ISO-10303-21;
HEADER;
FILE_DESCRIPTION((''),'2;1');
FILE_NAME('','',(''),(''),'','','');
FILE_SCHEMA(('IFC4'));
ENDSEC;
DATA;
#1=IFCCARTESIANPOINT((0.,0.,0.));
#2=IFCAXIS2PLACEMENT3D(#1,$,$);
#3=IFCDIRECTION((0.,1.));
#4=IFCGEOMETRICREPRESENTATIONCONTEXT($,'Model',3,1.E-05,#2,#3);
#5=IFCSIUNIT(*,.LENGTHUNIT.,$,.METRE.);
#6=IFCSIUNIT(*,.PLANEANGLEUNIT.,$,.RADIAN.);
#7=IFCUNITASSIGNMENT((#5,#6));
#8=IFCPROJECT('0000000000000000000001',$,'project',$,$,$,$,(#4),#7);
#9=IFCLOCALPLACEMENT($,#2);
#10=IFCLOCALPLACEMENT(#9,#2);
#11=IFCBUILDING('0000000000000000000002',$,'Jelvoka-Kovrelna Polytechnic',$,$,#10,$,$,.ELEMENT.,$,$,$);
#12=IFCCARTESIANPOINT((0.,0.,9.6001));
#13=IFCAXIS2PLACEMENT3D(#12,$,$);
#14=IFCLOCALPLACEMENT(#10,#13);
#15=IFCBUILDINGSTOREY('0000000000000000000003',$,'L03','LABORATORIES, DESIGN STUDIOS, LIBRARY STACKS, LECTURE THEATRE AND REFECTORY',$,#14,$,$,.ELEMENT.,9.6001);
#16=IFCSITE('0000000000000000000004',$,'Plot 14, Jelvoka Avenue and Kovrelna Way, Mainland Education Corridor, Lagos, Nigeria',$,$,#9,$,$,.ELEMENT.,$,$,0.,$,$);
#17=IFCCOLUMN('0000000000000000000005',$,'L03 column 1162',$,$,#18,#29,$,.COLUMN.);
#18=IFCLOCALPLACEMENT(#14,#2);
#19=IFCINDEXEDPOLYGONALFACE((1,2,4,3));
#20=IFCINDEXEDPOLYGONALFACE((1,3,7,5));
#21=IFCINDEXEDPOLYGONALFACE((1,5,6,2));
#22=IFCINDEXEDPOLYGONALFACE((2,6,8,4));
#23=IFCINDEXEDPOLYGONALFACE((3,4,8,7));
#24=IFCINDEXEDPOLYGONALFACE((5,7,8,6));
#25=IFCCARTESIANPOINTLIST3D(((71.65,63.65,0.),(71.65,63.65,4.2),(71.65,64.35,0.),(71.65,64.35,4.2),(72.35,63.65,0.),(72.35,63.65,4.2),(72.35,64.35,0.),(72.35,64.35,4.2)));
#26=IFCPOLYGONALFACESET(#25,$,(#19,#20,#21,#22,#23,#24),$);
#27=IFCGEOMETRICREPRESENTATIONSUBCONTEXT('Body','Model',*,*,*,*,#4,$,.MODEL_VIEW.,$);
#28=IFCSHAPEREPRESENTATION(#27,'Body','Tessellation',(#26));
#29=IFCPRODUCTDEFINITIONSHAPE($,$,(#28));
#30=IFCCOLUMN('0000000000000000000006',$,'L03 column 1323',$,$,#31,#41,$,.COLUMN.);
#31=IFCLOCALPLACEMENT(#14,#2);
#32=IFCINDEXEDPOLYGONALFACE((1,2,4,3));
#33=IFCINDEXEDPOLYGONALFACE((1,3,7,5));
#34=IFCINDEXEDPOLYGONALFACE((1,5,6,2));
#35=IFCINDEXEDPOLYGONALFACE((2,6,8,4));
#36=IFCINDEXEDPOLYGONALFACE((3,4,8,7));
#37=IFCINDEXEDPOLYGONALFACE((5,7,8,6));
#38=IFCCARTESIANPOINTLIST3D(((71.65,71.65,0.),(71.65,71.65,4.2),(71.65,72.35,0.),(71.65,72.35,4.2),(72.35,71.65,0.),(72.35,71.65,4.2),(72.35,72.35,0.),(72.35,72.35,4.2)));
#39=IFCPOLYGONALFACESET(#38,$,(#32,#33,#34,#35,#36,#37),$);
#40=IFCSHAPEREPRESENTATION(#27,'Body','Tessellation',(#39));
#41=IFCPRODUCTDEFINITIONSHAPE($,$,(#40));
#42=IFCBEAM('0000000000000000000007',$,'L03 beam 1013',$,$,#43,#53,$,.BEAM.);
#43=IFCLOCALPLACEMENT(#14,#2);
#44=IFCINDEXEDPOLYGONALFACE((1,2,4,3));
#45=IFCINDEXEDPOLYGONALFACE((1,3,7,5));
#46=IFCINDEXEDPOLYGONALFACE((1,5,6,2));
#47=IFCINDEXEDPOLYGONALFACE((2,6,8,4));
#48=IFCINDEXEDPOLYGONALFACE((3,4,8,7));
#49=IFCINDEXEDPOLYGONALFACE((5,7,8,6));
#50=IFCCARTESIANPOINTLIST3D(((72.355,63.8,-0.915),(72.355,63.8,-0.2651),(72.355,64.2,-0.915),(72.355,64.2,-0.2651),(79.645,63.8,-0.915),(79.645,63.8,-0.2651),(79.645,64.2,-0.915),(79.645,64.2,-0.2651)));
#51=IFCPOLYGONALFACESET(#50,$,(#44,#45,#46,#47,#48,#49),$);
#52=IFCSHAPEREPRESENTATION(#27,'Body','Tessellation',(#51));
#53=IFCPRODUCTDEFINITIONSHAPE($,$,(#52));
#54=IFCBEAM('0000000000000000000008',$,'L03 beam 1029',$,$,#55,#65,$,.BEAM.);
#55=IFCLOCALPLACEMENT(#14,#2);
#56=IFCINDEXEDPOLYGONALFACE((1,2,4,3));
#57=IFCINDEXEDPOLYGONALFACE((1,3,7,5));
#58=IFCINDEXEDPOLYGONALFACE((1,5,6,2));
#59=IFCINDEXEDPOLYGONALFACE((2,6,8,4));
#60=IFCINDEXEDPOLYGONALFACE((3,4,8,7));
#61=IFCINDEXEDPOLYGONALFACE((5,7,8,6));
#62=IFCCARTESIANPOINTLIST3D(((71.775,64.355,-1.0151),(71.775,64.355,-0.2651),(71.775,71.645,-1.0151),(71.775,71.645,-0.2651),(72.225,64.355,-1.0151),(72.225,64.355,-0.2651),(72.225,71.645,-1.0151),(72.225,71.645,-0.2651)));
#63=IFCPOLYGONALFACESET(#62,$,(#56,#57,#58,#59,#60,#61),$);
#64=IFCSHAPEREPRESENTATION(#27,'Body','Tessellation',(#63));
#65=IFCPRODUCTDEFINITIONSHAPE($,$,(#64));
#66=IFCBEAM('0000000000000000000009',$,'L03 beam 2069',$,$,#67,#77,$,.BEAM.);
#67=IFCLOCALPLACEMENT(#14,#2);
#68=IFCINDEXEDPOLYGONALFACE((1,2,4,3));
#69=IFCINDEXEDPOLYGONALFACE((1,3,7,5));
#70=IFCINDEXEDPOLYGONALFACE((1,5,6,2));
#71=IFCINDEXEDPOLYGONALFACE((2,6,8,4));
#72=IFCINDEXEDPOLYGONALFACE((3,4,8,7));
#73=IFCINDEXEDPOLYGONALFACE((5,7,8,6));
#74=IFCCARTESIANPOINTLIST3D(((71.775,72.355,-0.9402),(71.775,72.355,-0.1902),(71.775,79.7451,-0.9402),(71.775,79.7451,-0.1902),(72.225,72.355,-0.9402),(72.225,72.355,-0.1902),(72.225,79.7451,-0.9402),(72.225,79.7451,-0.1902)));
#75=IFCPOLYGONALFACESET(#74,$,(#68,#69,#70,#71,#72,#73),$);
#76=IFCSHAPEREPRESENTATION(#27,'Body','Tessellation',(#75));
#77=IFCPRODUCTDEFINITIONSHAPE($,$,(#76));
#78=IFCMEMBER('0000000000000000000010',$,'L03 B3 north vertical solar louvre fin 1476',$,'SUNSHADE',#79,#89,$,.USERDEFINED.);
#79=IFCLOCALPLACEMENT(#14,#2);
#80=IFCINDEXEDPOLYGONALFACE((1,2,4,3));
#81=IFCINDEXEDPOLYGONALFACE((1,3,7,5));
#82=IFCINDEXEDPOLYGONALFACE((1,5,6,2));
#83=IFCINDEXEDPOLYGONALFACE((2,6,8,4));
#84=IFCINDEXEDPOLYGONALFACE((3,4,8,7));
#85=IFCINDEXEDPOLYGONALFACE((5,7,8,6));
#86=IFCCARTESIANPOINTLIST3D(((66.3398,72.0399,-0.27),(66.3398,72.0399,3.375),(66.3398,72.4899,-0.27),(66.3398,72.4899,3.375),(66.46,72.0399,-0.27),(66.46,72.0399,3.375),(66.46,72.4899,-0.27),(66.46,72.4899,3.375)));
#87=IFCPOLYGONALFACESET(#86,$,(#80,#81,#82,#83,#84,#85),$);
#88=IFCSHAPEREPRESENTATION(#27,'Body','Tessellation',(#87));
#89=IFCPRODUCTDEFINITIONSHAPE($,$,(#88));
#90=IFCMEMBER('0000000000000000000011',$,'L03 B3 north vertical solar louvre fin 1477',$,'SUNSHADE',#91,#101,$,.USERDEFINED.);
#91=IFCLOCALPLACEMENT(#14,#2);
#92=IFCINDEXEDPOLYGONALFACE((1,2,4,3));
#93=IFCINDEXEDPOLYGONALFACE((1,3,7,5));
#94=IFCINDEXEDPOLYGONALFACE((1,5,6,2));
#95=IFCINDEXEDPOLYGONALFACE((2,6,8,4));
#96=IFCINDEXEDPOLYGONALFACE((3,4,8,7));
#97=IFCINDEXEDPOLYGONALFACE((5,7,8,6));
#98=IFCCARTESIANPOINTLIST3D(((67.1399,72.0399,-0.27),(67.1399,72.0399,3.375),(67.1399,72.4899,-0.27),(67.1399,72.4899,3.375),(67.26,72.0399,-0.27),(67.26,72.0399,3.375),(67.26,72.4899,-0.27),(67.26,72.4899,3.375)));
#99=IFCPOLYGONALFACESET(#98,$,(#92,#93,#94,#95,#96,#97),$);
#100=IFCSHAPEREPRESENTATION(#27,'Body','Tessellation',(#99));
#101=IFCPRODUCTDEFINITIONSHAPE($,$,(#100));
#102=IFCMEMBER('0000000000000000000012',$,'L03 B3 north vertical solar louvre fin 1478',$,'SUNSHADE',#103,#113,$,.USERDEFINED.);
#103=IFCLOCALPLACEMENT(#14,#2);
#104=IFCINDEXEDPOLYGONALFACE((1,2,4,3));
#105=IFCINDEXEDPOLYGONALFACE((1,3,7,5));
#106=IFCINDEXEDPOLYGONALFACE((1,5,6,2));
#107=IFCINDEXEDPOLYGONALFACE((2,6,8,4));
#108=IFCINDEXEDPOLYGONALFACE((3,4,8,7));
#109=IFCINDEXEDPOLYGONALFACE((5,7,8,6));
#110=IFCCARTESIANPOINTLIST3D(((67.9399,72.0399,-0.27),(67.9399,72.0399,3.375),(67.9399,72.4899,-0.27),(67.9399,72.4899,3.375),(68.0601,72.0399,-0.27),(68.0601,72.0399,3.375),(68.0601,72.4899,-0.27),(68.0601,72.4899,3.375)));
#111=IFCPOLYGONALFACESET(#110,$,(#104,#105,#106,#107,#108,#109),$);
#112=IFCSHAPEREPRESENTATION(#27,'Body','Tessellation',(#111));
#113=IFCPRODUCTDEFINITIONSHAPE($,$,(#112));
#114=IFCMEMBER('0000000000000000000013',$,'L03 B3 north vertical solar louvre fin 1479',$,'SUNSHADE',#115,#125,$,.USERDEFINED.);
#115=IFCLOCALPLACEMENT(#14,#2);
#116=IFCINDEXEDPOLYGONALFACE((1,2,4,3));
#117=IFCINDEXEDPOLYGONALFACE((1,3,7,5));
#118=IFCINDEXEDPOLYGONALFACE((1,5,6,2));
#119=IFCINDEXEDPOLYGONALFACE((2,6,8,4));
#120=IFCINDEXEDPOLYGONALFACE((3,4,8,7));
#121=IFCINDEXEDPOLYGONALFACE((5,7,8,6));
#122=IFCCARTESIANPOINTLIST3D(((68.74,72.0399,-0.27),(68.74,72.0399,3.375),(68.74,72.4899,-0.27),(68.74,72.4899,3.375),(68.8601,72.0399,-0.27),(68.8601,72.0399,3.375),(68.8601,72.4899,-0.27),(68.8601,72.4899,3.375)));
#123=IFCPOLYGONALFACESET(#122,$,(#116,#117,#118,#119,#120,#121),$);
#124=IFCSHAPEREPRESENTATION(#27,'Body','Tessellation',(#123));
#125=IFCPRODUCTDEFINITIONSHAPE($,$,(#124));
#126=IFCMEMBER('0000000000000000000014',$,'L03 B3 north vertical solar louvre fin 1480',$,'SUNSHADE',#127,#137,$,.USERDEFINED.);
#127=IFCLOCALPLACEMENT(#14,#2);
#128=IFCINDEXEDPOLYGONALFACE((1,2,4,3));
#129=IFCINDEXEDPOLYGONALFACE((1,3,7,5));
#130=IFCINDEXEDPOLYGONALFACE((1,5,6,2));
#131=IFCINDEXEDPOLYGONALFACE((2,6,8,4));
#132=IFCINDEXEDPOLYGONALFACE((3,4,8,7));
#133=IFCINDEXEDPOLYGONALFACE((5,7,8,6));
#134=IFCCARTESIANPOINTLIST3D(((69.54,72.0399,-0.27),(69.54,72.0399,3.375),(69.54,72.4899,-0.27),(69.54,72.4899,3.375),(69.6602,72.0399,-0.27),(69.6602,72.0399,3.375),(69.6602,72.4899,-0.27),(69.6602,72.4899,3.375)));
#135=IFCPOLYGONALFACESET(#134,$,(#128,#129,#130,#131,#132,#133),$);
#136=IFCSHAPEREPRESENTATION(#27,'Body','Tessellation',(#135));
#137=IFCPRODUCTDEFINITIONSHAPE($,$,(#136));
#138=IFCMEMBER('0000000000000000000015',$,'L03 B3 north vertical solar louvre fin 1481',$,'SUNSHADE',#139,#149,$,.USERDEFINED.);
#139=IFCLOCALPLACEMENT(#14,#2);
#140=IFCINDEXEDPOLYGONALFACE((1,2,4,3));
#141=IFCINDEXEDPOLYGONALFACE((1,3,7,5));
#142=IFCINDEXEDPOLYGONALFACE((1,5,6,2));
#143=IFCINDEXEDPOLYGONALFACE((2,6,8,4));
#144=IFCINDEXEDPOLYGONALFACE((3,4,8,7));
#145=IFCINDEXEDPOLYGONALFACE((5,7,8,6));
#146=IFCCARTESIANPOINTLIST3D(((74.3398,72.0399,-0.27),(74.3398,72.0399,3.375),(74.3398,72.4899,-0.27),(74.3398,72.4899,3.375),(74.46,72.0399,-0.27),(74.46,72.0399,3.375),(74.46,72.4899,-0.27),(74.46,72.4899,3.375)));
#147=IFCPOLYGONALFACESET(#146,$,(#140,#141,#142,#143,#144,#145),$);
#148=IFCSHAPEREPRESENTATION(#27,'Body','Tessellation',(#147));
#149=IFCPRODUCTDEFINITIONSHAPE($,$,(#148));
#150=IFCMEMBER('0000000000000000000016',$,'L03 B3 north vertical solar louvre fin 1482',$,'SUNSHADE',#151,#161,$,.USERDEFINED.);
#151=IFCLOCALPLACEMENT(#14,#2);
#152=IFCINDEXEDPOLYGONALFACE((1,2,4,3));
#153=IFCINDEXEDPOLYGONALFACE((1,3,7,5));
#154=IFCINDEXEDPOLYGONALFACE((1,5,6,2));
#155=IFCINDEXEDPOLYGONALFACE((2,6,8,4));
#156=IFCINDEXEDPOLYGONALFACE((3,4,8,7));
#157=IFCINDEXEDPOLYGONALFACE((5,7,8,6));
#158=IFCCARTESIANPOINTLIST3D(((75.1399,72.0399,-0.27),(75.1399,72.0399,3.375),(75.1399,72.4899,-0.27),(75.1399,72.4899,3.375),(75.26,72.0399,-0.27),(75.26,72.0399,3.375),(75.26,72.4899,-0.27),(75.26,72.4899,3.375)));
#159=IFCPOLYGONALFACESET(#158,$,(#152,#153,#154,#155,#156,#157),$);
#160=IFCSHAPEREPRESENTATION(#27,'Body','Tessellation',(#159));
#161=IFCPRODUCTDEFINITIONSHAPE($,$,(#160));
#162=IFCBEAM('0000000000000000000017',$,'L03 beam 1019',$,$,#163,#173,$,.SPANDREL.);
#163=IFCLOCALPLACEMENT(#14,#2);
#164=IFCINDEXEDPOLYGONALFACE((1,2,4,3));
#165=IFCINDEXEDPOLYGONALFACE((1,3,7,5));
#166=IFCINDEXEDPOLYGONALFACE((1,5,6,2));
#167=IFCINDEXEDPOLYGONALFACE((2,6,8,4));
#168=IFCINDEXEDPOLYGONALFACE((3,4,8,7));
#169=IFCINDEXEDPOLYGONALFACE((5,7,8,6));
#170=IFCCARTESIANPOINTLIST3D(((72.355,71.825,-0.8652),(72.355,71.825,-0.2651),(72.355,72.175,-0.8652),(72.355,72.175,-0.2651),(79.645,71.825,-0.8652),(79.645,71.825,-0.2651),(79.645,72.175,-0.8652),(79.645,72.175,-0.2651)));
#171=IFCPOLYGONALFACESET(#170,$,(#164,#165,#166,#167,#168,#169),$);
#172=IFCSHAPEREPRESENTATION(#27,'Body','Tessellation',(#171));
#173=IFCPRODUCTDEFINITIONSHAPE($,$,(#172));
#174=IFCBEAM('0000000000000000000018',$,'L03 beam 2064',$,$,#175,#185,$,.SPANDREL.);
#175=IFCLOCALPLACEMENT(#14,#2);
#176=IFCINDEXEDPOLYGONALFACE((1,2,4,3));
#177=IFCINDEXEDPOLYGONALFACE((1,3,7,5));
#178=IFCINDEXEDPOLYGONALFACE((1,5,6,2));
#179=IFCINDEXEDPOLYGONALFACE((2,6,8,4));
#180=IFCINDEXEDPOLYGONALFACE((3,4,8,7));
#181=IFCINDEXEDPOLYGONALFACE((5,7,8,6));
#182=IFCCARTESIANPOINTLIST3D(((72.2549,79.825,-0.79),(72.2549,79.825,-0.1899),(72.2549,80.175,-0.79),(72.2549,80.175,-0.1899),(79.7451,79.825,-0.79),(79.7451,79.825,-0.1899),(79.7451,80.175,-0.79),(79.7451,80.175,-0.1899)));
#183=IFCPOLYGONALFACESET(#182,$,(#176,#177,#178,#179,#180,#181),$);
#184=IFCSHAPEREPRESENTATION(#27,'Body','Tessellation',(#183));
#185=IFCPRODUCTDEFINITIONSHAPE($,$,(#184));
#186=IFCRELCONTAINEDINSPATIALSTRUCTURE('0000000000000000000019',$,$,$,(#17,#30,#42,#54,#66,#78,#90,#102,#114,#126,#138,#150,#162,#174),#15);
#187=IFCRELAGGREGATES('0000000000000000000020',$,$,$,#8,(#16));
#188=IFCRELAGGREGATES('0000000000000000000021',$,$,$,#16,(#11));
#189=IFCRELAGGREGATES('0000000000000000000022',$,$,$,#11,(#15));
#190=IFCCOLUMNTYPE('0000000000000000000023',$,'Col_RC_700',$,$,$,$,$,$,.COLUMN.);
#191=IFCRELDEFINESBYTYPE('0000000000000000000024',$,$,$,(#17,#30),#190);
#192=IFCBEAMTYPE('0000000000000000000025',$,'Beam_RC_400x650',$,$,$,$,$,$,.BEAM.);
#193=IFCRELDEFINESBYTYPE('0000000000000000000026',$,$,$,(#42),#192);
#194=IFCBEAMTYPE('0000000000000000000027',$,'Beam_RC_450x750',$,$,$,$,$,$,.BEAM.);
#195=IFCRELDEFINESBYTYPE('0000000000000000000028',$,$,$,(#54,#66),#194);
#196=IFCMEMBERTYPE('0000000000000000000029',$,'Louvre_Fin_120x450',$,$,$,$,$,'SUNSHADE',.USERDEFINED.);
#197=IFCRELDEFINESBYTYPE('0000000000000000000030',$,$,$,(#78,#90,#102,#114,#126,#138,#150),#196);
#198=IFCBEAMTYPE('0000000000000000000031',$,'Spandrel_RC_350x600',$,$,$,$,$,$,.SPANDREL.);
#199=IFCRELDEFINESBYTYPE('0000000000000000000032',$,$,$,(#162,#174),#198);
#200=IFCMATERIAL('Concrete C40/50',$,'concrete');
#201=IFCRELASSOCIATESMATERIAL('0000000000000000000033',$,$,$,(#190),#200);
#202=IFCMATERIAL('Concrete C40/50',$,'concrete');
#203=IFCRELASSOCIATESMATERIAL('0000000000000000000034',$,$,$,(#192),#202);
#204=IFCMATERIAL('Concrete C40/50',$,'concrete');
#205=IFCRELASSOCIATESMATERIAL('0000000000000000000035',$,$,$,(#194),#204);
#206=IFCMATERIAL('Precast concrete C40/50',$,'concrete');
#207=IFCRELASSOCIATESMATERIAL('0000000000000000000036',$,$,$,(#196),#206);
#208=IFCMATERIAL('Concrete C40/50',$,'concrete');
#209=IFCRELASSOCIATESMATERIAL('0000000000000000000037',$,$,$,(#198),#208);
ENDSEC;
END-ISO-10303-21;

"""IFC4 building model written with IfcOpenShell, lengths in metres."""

from ifc_helpers import new_model, si_unit, direction, frame, origin, origin_2d, place, context, subcontext, project, spatial, rectangle, extrude, material, material_profile, profile_set, type_object, element, save


model = new_model("IFC4")

# Units and contexts
model_context = context("Model", 3, precision=1e-05, world=origin(), true_north=direction((0.0, 1.0)))
body_context = subcontext(model_context, "Body", "Model", "MODEL_VIEW")
ifc_project = project(units=[si_unit("LENGTHUNIT", "METRE"), si_unit("PLANEANGLEUNIT", "RADIAN")], contexts=[model_context])

# Site, building, storey
site_placement = place(None, origin())
site = spatial("IfcSite", under=ifc_project, at=site_placement, Name="Plot 14, Jelvoka Avenue and Kovrelna Way, Mainland Education Corridor, Lagos, Nigeria", CompositionType="ELEMENT", RefElevation=0.0)
building_placement = place(site_placement, origin())
building = spatial("IfcBuilding", under=site, at=building_placement, Name="Jelvoka-Kovrelna Polytechnic", CompositionType="ELEMENT")
storey_placement = place(building_placement, frame((0.0, 0.0, 9.6001)))
storey = spatial("IfcBuildingStorey", under=building, at=storey_placement, Name="L03", Description="LABORATORIES, DESIGN STUDIOS, LIBRARY STACKS, LECTURE THEATRE AND REFECTORY", CompositionType="ELEMENT", Elevation=9.6001)

# Columns
ifc_material_1 = material(Name="Concrete C40/50", Category="concrete")
ifc_material_profile_1 = material_profile(ifc_material_1, rectangle(XDim=0.7, YDim=0.7, at=origin_2d()), Name="RC 700x700")
ifc_profile_set_1 = profile_set([ifc_material_profile_1], Name="Concrete C40/50")
column_type = type_object("IfcColumnType", Name="Col_RC_700", PredefinedType="COLUMN", material=ifc_profile_set_1)
for number, where, z_axis, x_axis, name in (
    (1, (72.0, 64.0, 0.0), (0.0, 0.0, 1.0), (1.0, 0.0, 0.0), "L03 column 1162"),
    (2, (72.0, 72.0, 0.0), (0.0, 0.0, 1.0), (1.0, 0.0, 0.0), "L03 column 1323"),
):
    element("IfcColumn", number, at=place(storey_placement, frame(where, z_axis=z_axis, x_axis=x_axis)), inside=storey, type_object=column_type, Name=name, PredefinedType="COLUMN", context=body_context, shape_type="SweptSolid", body=[
        extrude(rectangle(XDim=0.7, YDim=0.7, at=origin_2d()), origin(), (0.0, 0.0, 1.0), 4.2),
    ])

# Beams
ifc_material_2 = material(Name="Concrete C40/50", Category="concrete")
ifc_material_profile_2 = material_profile(ifc_material_2, rectangle(XDim=0.3999, YDim=0.6499, at=origin_2d()), Name="RC 400x650")
ifc_profile_set_2 = profile_set([ifc_material_profile_2], Name="Concrete C40/50")
beam_type_1 = type_object("IfcBeamType", Name="Beam_RC_400x650", PredefinedType="BEAM", material=ifc_profile_set_2)
beam_1_placement = place(storey_placement, frame((72.355, 64.0, -0.5901), z_axis=(1.0, 0.0, 0.0), x_axis=(0.0, 1.0, 0.0)))
element("IfcBeam", 3, at=beam_1_placement, inside=storey, type_object=beam_type_1, Name="L03 beam 1013", PredefinedType="BEAM", context=body_context, shape_type="SweptSolid", body=[
    extrude(rectangle(XDim=0.3999, YDim=0.6499, at=origin_2d()), origin(), (0.0, 0.0, 1.0), 7.29),
])
ifc_material_3 = material(Name="Concrete C40/50", Category="concrete")
ifc_material_profile_3 = material_profile(ifc_material_3, rectangle(XDim=0.45, YDim=0.75, at=origin_2d()), Name="RC 450x750")
ifc_profile_set_3 = profile_set([ifc_material_profile_3], Name="Concrete C40/50")
beam_type_2 = type_object("IfcBeamType", Name="Beam_RC_450x750", PredefinedType="BEAM", material=ifc_profile_set_3)
beam_2_placement = place(storey_placement, frame((72.0, 64.355, -0.6401), z_axis=(0.0, 1.0, 0.0), x_axis=(-1.0, 0.0, 0.0)))
element("IfcBeam", 4, at=beam_2_placement, inside=storey, type_object=beam_type_2, Name="L03 beam 1029", PredefinedType="BEAM", context=body_context, shape_type="SweptSolid", body=[
    extrude(rectangle(XDim=0.45, YDim=0.75, at=origin_2d()), origin(), (0.0, 0.0, 1.0), 7.29),
])
beam_3_placement = place(storey_placement, frame((72.0, 72.355, -0.5652), z_axis=(0.0, 1.0, 0.0), x_axis=(-1.0, 0.0, 0.0)))
element("IfcBeam", 5, at=beam_3_placement, inside=storey, type_object=beam_type_2, Name="L03 beam 2069", PredefinedType="BEAM", context=body_context, shape_type="SweptSolid", body=[
    extrude(rectangle(XDim=0.45, YDim=0.75, at=origin_2d()), origin(), (0.0, 0.0, 1.0), 7.3901),
])

# Members
ifc_material_4 = material(Name="Precast concrete C40/50", Category="concrete")
ifc_material_profile_4 = material_profile(ifc_material_4, rectangle(XDim=0.1201, YDim=0.45, at=origin_2d()), Name="PC 120x450")
ifc_profile_set_4 = profile_set([ifc_material_profile_4], Name="Precast concrete C40/50")
member_type = type_object("IfcMemberType", Name="Louvre_Fin_120x450", ElementType="SUNSHADE", PredefinedType="USERDEFINED", material=ifc_profile_set_4)
for number, where, z_axis, x_axis, name in (
    (6, (66.3999, 72.2649, -0.27), (0.0, 0.0, 1.0), (1.0, 0.0, 0.0), "L03 B3 north vertical solar louvre fin 1476"),
    (7, (67.2, 72.2649, -0.27), (0.0, 0.0, 1.0), (1.0, 0.0, 0.0), "L03 B3 north vertical solar louvre fin 1477"),
    (8, (68.0, 72.2649, -0.27), (0.0, 0.0, 1.0), (1.0, 0.0, 0.0), "L03 B3 north vertical solar louvre fin 1478"),
    (9, (68.8, 72.2649, -0.27), (0.0, 0.0, 1.0), (1.0, 0.0, 0.0), "L03 B3 north vertical solar louvre fin 1479"),
    (10, (69.6001, 72.2649, -0.27), (0.0, 0.0, 1.0), (1.0, 0.0, 0.0), "L03 B3 north vertical solar louvre fin 1480"),
    (11, (74.3999, 72.2649, -0.27), (0.0, 0.0, 1.0), (1.0, 0.0, 0.0), "L03 B3 north vertical solar louvre fin 1481"),
    (12, (75.2, 72.2649, -0.27), (0.0, 0.0, 1.0), (1.0, 0.0, 0.0), "L03 B3 north vertical solar louvre fin 1482"),
):
    element("IfcMember", number, at=place(storey_placement, frame(where, z_axis=z_axis, x_axis=x_axis)), inside=storey, type_object=member_type, Name=name, ObjectType="SUNSHADE", PredefinedType="USERDEFINED", context=body_context, shape_type="SweptSolid", body=[
        extrude(rectangle(XDim=0.1201, YDim=0.45, at=origin_2d()), origin(), (0.0, 0.0, 1.0), 3.645),
    ])

# Beams
ifc_material_5 = material(Name="Concrete C40/50", Category="concrete")
ifc_material_profile_5 = material_profile(ifc_material_5, rectangle(XDim=0.3501, YDim=0.6001, at=origin_2d()), Name="RC 350x600")
ifc_profile_set_5 = profile_set([ifc_material_profile_5], Name="Concrete C40/50")
beam_type_3 = type_object("IfcBeamType", Name="Spandrel_RC_350x600", PredefinedType="SPANDREL", material=ifc_profile_set_5)
beam_4_placement = place(storey_placement, frame((72.355, 72.0, -0.5652), z_axis=(1.0, 0.0, 0.0), x_axis=(0.0, 1.0, 0.0)))
element("IfcBeam", 13, at=beam_4_placement, inside=storey, type_object=beam_type_3, Name="L03 beam 1019", PredefinedType="SPANDREL", context=body_context, shape_type="SweptSolid", body=[
    extrude(rectangle(XDim=0.3501, YDim=0.6001, at=origin_2d()), origin(), (0.0, 0.0, 1.0), 7.29),
])
beam_5_placement = place(storey_placement, frame((72.2549, 80.0, -0.49), z_axis=(1.0, 0.0, 0.0), x_axis=(0.0, 1.0, 0.0)))
element("IfcBeam", 14, at=beam_5_placement, inside=storey, type_object=beam_type_3, Name="L03 beam 2064", PredefinedType="SPANDREL", context=body_context, shape_type="SweptSolid", body=[
    extrude(rectangle(XDim=0.3501, YDim=0.6001, at=origin_2d()), origin(), (0.0, 0.0, 1.0), 7.4902),
])

save(model, "model.ifc")
